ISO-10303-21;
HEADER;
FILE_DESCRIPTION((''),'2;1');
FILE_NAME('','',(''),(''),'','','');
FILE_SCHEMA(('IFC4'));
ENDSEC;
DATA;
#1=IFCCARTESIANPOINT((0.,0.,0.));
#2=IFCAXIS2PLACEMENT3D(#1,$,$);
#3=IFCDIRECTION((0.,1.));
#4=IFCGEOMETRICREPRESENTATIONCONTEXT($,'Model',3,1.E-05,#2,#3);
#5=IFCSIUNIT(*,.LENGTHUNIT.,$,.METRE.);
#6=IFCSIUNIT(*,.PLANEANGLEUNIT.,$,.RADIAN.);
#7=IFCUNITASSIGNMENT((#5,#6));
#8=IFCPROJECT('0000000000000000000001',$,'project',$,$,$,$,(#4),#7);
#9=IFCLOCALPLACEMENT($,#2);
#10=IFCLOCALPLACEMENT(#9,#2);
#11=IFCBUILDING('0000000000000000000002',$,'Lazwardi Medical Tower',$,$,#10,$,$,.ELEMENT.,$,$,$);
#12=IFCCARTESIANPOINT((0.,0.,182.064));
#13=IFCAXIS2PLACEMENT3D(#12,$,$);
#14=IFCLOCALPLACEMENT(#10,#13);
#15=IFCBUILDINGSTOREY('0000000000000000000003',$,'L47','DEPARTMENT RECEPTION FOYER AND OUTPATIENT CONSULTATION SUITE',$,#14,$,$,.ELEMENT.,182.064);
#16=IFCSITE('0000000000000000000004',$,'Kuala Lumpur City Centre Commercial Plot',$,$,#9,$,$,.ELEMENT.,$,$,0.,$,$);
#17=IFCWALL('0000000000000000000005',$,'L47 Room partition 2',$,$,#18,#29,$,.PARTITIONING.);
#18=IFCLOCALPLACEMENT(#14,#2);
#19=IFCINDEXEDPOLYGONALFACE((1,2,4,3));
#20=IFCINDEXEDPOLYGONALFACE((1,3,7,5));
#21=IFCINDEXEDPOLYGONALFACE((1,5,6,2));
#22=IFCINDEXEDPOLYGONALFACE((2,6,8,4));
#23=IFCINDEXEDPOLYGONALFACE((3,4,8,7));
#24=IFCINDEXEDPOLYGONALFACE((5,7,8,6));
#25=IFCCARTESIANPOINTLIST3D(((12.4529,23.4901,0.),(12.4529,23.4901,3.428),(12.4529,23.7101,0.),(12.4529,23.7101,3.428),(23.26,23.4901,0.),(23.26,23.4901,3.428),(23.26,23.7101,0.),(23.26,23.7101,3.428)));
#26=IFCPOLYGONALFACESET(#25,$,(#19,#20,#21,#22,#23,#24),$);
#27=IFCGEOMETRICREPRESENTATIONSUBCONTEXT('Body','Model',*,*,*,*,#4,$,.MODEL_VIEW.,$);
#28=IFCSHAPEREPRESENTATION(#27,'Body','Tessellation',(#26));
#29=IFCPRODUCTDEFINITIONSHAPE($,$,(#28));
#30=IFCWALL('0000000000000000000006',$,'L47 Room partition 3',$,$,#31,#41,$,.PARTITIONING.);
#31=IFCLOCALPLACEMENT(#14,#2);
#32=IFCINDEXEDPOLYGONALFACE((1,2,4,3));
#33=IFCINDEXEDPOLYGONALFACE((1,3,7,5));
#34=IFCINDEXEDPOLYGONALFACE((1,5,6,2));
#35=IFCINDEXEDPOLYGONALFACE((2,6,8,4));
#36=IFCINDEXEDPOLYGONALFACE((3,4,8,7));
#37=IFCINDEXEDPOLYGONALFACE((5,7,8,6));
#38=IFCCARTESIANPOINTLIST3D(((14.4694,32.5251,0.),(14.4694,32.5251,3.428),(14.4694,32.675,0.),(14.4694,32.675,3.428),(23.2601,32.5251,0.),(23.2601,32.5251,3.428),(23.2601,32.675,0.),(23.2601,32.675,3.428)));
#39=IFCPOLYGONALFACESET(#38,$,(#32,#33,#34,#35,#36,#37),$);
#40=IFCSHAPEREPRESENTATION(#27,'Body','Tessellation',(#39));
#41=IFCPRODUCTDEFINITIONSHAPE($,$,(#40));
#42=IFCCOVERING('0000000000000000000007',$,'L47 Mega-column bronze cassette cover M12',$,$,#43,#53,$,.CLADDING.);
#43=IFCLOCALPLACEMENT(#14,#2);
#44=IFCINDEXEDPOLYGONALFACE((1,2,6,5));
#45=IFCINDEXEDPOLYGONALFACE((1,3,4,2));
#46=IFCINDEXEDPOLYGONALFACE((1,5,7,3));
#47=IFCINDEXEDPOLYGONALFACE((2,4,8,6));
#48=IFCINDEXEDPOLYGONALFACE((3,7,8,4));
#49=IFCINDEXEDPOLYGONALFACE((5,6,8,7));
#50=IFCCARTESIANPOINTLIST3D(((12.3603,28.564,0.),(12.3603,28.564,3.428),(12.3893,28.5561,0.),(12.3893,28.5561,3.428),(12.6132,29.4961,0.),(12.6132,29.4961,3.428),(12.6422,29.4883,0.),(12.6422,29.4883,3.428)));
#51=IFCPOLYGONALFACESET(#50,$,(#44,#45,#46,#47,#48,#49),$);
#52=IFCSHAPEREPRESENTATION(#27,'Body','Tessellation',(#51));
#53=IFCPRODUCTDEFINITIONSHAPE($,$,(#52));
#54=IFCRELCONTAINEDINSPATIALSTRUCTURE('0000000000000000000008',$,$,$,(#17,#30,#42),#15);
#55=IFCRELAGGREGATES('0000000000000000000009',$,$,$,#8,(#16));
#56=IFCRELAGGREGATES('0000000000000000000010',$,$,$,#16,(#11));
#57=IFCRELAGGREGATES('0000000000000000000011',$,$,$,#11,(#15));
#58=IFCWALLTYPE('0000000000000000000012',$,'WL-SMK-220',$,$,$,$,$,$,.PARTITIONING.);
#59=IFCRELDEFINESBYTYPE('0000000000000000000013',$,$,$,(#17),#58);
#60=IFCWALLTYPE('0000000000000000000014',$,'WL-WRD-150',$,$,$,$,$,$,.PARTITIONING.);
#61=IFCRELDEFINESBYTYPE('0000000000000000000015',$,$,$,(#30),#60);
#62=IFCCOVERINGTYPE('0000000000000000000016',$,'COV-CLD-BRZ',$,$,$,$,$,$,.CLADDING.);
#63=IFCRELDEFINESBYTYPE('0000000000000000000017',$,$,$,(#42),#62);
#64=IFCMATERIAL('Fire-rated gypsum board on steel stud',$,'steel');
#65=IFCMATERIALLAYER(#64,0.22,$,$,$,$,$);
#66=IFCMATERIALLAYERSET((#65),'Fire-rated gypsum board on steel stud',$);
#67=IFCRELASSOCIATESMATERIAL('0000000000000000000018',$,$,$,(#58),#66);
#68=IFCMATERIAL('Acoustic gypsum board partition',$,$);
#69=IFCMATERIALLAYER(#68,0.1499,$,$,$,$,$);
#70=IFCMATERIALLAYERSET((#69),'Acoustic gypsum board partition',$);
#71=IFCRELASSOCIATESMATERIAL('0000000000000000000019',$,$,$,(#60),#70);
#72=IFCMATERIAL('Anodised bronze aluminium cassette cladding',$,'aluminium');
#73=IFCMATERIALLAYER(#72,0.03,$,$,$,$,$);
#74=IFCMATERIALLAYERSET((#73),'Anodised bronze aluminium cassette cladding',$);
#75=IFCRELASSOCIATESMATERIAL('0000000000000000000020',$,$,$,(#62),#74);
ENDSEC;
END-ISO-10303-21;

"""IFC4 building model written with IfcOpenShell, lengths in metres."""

from ifc_helpers import new_model, si_unit, direction, frame, frame_2d, origin, origin_2d, place, context, subcontext, project, spatial, rectangle, extrude, material, layer, layer_set, type_object, element, save


model = new_model("IFC4")

# Units and contexts
model_context = context("Model", 3, precision=1e-05, world=origin(), true_north=direction((0.0, 1.0)))
body_context = subcontext(model_context, "Body", "Model", "MODEL_VIEW")
ifc_project = project(units=[si_unit("LENGTHUNIT", "METRE"), si_unit("PLANEANGLEUNIT", "RADIAN")], contexts=[model_context])

# Site, building, storey
site_placement = place(None, origin())
site = spatial("IfcSite", under=ifc_project, at=site_placement, Name="Kuala Lumpur City Centre Commercial Plot", CompositionType="ELEMENT", RefElevation=0.0)
building_placement = place(site_placement, origin())
building = spatial("IfcBuilding", under=site, at=building_placement, Name="Lazwardi Medical Tower", CompositionType="ELEMENT")
storey_placement = place(building_placement, frame((0.0, 0.0, 182.064)))
storey = spatial("IfcBuildingStorey", under=building, at=storey_placement, Name="L47", Description="DEPARTMENT RECEPTION FOYER AND OUTPATIENT CONSULTATION SUITE", CompositionType="ELEMENT", Elevation=182.064)

# Walls
ifc_material_1 = material(Name="Fire-rated gypsum board on steel stud", Category="steel")
ifc_layer_1 = layer(ifc_material_1, 0.22)
ifc_layer_set_1 = layer_set([ifc_layer_1], Name="Fire-rated gypsum board on steel stud")
wall_type_1 = type_object("IfcWallType", Name="WL-SMK-220", PredefinedType="PARTITIONING", material=ifc_layer_set_1)
wall_1_placement = place(storey_placement, frame((12.4529, 23.6001, 0.0), z_axis=(0.0, 0.0, 1.0), x_axis=(1.0, 0.0, 0.0)))
element("IfcWall", 1, at=wall_1_placement, inside=storey, type_object=wall_type_1, Name="L47 Room partition 2", PredefinedType="PARTITIONING", context=body_context, shape_type="SweptSolid", body=[
    extrude(rectangle(XDim=10.8071, YDim=0.22, at=frame_2d((5.4036, 0.0))), origin(), (0.0, 0.0, 1.0), 3.428),
])
ifc_material_2 = material(Name="Acoustic gypsum board partition")
ifc_layer_2 = layer(ifc_material_2, 0.1499)
ifc_layer_set_2 = layer_set([ifc_layer_2], Name="Acoustic gypsum board partition")
wall_type_2 = type_object("IfcWallType", Name="WL-WRD-150", PredefinedType="PARTITIONING", material=ifc_layer_set_2)
wall_2_placement = place(storey_placement, frame((14.4692, 32.6001, 0.0), z_axis=(0.0, 0.0, 1.0), x_axis=(1.0, 0.0, 0.0)))
element("IfcWall", 2, at=wall_2_placement, inside=storey, type_object=wall_type_2, Name="L47 Room partition 3", PredefinedType="PARTITIONING", context=body_context, shape_type="SweptSolid", body=[
    extrude(rectangle(XDim=8.7908, YDim=0.1499, at=frame_2d((4.3955, 0.0))), origin(), (0.0, 0.0, 1.0), 3.428),
])

# Covering
ifc_material_3 = material(Name="Anodised bronze aluminium cassette cladding", Category="aluminium")
ifc_layer_3 = layer(ifc_material_3, 0.03)
ifc_layer_set_3 = layer_set([ifc_layer_3], Name="Anodised bronze aluminium cassette cladding")
covering_type = type_object("IfcCoveringType", Name="COV-CLD-BRZ", PredefinedType="CLADDING", material=ifc_layer_set_3)
covering_placement = place(storey_placement, frame((12.5012, 29.0261, 0.0), z_axis=(0.0, 0.0, 1.0), x_axis=(-0.261829, -0.965114, 0.0)))
element("IfcCovering", 3, at=covering_placement, inside=storey, type_object=covering_type, Name="L47 Mega-column bronze cassette cover M12", PredefinedType="CLADDING", context=body_context, shape_type="SweptSolid", body=[
    extrude(rectangle(XDim=0.9658, YDim=0.03, at=origin_2d()), origin(), (0.0, 0.0, 1.0), 3.428),
])

save(model, "model.ifc")
